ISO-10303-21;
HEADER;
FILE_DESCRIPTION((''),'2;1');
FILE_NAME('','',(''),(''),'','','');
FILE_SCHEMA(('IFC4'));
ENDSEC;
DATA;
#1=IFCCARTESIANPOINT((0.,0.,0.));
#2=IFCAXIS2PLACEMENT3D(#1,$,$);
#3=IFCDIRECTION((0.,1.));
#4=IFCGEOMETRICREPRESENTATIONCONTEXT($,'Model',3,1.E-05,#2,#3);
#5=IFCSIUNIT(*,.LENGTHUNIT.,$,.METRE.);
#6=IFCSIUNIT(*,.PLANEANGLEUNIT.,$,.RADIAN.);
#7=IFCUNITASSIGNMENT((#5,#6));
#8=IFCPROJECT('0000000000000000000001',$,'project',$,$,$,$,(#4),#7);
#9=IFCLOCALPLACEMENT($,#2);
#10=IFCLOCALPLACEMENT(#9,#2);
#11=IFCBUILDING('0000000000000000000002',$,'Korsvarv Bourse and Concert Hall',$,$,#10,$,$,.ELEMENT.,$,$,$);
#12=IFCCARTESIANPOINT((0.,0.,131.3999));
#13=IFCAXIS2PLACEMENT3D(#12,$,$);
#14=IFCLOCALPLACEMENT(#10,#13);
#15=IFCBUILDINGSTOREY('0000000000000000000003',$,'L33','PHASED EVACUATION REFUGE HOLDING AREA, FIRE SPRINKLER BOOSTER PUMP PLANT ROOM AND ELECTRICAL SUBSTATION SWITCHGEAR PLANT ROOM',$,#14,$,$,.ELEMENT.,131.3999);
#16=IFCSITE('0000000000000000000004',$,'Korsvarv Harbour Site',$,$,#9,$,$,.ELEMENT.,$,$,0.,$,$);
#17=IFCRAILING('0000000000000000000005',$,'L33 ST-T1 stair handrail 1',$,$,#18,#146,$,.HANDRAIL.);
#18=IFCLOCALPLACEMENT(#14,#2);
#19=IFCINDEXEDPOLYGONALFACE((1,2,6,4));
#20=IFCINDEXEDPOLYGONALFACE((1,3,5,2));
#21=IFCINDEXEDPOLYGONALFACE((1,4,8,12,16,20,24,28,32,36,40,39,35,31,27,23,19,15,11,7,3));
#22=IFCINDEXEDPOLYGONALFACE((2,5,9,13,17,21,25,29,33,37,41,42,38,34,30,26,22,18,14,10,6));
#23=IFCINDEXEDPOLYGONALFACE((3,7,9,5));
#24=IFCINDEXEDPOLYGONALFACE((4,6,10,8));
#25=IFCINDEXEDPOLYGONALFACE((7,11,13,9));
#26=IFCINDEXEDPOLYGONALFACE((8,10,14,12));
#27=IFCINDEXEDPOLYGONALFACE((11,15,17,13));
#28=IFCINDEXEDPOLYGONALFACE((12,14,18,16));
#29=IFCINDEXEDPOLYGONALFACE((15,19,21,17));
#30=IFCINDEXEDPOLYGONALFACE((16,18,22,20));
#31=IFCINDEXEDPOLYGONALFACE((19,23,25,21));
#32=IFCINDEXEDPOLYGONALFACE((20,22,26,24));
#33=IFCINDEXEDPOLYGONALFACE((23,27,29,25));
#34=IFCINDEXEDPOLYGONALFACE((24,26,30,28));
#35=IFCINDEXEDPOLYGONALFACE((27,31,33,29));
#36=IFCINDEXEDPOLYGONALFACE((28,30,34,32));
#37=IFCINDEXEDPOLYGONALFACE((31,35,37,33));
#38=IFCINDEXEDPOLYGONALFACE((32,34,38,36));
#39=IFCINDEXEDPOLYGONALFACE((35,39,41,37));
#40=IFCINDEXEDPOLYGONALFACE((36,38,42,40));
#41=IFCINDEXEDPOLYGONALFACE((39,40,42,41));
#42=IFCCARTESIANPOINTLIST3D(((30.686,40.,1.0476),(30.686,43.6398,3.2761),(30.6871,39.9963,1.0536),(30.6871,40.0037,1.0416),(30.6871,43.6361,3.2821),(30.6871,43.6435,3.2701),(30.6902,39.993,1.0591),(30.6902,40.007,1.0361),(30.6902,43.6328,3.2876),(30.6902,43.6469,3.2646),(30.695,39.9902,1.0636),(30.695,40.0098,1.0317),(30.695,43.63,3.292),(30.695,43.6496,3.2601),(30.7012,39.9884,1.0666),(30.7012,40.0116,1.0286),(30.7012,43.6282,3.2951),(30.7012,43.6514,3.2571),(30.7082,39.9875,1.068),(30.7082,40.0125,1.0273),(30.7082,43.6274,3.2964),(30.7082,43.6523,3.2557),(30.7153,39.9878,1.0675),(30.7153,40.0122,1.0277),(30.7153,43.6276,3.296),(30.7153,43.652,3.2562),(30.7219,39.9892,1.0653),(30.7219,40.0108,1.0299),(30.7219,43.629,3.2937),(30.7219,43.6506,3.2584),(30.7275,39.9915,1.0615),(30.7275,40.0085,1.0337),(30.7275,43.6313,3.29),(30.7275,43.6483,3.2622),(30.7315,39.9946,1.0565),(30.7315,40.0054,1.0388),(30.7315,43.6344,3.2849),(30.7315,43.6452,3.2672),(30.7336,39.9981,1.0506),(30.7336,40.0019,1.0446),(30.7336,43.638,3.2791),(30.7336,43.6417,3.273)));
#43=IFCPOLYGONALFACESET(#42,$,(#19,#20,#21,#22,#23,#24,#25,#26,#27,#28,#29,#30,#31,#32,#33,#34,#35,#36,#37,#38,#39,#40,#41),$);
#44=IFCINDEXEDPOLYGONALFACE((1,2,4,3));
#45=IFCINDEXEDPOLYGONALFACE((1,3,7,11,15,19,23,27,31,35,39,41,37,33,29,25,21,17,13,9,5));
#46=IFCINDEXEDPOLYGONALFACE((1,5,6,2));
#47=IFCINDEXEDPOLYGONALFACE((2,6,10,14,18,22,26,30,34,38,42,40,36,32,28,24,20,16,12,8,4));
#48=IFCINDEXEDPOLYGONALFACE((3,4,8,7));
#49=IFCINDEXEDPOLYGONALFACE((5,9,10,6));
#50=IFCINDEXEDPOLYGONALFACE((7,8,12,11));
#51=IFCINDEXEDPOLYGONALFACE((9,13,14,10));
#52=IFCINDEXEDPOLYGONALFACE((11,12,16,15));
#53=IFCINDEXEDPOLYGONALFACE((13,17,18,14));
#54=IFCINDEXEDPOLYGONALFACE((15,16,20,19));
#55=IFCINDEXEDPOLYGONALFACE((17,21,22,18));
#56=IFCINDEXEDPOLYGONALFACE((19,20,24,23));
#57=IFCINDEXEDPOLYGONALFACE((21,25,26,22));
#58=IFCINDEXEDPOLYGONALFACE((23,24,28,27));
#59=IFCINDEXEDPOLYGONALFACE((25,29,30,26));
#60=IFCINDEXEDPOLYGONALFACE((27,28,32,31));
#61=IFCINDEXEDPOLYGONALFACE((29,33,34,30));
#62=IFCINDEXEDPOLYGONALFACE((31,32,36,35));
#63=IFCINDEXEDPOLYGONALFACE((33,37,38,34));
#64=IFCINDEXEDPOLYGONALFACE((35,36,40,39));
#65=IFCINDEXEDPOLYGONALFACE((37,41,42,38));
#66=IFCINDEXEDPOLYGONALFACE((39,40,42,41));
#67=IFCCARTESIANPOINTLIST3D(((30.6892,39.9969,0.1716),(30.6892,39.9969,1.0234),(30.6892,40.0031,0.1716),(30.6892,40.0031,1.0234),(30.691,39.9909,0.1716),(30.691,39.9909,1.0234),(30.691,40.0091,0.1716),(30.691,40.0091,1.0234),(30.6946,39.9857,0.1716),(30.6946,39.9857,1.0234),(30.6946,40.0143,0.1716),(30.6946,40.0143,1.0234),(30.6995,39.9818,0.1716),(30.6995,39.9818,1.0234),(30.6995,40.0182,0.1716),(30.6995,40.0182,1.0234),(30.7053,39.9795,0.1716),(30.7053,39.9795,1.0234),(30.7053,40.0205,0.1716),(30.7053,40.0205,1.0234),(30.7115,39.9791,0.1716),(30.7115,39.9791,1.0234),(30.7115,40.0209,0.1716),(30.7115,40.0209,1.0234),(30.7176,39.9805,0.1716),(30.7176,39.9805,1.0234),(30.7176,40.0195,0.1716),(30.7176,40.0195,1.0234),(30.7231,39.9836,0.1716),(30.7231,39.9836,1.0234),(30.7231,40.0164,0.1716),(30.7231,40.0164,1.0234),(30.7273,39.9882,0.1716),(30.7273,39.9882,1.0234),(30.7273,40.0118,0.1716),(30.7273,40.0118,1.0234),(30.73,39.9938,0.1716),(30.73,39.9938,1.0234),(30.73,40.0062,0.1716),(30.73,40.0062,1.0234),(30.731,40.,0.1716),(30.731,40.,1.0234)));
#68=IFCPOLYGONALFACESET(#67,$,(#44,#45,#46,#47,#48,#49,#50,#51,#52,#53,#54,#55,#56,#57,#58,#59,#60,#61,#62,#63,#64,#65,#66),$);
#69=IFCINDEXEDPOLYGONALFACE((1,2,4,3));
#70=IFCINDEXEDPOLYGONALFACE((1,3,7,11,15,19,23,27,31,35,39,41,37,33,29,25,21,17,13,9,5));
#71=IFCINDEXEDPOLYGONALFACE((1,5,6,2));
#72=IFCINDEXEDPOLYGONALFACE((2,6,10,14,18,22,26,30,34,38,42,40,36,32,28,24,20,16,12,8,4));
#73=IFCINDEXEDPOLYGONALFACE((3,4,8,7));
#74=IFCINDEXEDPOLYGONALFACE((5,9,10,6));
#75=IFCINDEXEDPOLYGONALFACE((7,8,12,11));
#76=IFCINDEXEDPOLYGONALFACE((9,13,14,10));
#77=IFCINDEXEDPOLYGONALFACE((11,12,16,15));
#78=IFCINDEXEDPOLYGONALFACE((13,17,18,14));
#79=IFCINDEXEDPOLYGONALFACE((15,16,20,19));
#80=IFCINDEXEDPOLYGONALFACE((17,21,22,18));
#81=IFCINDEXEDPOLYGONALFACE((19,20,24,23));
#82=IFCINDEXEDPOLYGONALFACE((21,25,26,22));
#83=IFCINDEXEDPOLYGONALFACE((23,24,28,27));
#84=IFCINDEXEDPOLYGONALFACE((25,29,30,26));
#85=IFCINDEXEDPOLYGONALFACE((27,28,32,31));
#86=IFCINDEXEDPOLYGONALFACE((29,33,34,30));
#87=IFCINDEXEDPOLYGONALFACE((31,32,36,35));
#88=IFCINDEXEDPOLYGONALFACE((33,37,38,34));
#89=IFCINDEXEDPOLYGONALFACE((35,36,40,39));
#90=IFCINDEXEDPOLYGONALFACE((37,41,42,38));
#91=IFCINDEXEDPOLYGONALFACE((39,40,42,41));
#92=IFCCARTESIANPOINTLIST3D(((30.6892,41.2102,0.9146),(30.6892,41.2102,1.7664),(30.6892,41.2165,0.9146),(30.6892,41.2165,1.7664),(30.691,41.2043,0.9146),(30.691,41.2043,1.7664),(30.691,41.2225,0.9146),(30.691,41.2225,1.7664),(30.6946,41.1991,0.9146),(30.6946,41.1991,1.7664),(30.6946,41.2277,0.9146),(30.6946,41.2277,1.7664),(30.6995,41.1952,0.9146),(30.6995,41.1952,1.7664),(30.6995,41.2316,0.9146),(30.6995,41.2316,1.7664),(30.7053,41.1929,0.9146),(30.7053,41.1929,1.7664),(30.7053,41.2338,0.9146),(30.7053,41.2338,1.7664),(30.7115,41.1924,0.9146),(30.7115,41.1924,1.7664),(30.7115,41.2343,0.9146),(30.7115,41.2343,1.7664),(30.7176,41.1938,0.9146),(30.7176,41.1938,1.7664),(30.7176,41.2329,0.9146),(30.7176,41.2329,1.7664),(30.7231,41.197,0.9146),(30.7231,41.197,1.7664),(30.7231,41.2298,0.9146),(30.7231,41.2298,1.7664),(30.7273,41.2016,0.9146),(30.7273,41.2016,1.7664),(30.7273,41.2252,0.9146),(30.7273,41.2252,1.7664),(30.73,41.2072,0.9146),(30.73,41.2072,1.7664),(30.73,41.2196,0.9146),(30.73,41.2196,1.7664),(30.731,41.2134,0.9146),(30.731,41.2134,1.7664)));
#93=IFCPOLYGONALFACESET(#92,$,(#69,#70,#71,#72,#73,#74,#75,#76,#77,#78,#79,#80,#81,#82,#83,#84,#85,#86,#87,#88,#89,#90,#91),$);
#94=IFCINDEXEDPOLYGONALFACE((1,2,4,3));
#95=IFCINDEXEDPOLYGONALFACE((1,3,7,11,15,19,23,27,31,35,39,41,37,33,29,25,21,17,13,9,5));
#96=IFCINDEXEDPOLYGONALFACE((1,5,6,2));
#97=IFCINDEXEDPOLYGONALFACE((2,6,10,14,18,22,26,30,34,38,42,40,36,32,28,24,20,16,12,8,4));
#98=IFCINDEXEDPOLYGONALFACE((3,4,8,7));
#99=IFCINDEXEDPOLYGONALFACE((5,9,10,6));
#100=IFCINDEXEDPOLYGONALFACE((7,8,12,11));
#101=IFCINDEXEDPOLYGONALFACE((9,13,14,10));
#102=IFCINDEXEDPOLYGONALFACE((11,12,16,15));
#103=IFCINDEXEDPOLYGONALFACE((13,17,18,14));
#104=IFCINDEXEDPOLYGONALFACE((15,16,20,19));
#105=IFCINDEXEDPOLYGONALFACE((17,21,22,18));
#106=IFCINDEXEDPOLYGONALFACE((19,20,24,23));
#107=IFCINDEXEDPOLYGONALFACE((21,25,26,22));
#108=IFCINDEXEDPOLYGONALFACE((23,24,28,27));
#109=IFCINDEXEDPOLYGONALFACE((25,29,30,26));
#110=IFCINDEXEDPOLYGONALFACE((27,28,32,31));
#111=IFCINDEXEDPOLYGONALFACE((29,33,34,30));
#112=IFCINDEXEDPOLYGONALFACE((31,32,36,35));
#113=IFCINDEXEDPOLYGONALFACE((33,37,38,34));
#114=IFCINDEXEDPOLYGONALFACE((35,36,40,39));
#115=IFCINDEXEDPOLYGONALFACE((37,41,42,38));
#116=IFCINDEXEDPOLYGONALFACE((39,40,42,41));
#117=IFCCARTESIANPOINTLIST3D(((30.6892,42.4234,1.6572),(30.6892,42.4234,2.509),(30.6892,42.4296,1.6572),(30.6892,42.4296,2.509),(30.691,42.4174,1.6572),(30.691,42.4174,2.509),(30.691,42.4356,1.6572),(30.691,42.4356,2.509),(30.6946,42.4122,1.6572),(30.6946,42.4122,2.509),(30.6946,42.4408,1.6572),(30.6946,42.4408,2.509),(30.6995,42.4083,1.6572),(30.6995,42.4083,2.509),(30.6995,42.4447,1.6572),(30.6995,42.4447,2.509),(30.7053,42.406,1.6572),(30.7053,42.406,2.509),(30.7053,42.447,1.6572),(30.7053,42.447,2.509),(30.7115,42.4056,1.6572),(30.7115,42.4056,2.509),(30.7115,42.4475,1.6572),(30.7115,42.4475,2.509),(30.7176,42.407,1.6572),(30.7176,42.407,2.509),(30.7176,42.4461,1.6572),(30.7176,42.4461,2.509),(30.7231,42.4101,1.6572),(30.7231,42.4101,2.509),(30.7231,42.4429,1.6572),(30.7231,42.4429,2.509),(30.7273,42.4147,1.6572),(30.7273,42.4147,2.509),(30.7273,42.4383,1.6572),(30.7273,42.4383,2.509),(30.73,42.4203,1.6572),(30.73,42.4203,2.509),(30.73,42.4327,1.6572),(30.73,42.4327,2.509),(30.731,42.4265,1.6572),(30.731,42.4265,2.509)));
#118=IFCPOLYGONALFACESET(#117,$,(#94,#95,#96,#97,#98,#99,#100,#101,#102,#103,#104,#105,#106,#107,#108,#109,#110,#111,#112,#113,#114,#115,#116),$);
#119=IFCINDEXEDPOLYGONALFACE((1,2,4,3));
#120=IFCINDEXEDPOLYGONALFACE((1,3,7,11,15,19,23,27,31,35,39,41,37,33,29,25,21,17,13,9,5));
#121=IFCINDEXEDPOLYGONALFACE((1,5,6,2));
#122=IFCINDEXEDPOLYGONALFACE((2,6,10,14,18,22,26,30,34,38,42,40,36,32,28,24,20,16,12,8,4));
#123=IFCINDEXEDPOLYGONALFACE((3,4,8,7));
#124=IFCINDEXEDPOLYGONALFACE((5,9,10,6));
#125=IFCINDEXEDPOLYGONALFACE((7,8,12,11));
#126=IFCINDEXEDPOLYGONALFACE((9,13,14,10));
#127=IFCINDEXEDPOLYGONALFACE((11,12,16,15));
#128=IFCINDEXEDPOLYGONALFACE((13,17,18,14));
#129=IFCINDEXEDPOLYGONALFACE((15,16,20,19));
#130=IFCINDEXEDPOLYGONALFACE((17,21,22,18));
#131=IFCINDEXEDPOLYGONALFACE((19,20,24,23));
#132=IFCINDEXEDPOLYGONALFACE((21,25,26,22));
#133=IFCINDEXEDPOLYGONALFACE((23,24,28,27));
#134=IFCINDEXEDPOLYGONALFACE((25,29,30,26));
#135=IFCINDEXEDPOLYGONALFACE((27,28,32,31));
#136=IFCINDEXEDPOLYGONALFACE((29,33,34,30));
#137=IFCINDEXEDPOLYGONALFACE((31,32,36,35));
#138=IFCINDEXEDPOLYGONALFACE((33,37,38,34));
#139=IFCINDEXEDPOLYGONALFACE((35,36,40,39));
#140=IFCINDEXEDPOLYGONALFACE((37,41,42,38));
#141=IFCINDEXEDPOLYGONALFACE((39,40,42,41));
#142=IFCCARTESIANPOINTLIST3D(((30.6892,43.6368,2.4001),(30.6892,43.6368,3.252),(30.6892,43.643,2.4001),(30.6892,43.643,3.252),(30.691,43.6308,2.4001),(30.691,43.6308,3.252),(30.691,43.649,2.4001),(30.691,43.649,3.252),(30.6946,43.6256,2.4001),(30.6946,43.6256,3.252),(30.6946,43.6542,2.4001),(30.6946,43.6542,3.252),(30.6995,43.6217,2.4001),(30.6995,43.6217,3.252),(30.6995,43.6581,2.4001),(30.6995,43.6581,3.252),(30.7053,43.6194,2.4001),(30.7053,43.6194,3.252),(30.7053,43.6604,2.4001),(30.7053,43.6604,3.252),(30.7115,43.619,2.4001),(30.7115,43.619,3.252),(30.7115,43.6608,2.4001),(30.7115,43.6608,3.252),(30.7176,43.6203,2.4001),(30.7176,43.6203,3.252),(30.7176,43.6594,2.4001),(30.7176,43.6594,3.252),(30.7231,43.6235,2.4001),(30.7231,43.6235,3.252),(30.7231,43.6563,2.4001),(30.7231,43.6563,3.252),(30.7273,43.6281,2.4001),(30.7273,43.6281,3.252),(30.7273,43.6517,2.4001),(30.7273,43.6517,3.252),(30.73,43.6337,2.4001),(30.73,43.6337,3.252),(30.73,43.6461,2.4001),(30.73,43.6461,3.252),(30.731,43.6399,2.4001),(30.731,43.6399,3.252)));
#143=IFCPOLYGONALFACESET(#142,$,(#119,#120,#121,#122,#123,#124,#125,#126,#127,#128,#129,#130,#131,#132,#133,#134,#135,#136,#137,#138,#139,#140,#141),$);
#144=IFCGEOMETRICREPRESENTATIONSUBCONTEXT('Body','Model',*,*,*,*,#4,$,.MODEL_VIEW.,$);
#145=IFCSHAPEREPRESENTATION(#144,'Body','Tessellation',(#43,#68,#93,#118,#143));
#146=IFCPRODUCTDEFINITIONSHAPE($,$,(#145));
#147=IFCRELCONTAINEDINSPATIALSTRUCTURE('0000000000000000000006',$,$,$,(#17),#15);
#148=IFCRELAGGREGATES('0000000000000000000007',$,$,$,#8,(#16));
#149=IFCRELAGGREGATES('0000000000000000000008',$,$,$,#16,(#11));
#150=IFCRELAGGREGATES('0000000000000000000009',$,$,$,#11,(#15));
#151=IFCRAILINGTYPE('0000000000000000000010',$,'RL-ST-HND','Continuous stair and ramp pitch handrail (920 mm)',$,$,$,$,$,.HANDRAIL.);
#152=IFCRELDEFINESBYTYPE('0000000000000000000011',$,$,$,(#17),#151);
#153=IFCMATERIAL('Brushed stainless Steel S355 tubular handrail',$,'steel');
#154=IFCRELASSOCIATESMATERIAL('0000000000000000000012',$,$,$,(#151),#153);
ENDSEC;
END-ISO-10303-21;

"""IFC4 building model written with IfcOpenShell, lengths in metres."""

from ifc_helpers import new_model, si_unit, direction, frame, origin, origin_2d, place, context, subcontext, project, spatial, circle, extrude, material, type_object, element, save


model = new_model("IFC4")

# Units and contexts
model_context = context("Model", 3, precision=1e-05, world=origin(), true_north=direction((0.0, 1.0)))
body_context = subcontext(model_context, "Body", "Model", "MODEL_VIEW")
ifc_project = project(units=[si_unit("LENGTHUNIT", "METRE"), si_unit("PLANEANGLEUNIT", "RADIAN")], contexts=[model_context])

# Site, building, storey
site_placement = place(None, origin())
site = spatial("IfcSite", under=ifc_project, at=site_placement, Name="Korsvarv Harbour Site", CompositionType="ELEMENT", RefElevation=0.0)
building_placement = place(site_placement, origin())
building = spatial("IfcBuilding", under=site, at=building_placement, Name="Korsvarv Bourse and Concert Hall", CompositionType="ELEMENT")
storey_placement = place(building_placement, frame((0.0, 0.0, 131.3999)))
storey = spatial("IfcBuildingStorey", under=building, at=storey_placement, Name="L33", Description="PHASED EVACUATION REFUGE HOLDING AREA, FIRE SPRINKLER BOOSTER PUMP PLANT ROOM AND ELECTRICAL SUBSTATION SWITCHGEAR PLANT ROOM", CompositionType="ELEMENT", Elevation=131.3999)

# Railing
ifc_material_1 = material(Name="Brushed stainless Steel S355 tubular handrail", Category="steel")
railing_type_1 = type_object("IfcRailingType", Name="RL-ST-HND", Description="Continuous stair and ramp pitch handrail (920 mm)", PredefinedType="HANDRAIL", material=ifc_material_1)
railing_1_placement = place(storey_placement, frame((30.71, 40.0, 0.1716)))
element("IfcRailing", 1, at=railing_1_placement, inside=storey, type_object=railing_type_1, Name="L33 ST-T1 stair handrail 1", PredefinedType="HANDRAIL", context=body_context, shape_type="SweptSolid", body=[
    extrude(circle(Radius=0.0239, at=origin_2d()), frame((0.0, 0.0, 0.876), z_axis=(0.0, 0.85285, 0.522156), x_axis=(-1.0, 0.0, 0.0)), (0.0, 0.0, 1.0), 4.2678),
    extrude(circle(Radius=0.021, at=origin_2d()), origin(), (0.0, 0.0, 1.0), 0.8518),
    extrude(circle(Radius=0.021, at=origin_2d()), frame((0.0, 1.2134, 0.7429)), (0.0, 0.0, 1.0), 0.8518),
    extrude(circle(Radius=0.021, at=origin_2d()), frame((0.0, 2.4265, 1.4856)), (0.0, 0.0, 1.0), 0.8518),
    extrude(circle(Radius=0.021, at=origin_2d()), frame((0.0, 3.6399, 2.2285)), (0.0, 0.0, 1.0), 0.8518),
])

save(model, "model.ifc")
